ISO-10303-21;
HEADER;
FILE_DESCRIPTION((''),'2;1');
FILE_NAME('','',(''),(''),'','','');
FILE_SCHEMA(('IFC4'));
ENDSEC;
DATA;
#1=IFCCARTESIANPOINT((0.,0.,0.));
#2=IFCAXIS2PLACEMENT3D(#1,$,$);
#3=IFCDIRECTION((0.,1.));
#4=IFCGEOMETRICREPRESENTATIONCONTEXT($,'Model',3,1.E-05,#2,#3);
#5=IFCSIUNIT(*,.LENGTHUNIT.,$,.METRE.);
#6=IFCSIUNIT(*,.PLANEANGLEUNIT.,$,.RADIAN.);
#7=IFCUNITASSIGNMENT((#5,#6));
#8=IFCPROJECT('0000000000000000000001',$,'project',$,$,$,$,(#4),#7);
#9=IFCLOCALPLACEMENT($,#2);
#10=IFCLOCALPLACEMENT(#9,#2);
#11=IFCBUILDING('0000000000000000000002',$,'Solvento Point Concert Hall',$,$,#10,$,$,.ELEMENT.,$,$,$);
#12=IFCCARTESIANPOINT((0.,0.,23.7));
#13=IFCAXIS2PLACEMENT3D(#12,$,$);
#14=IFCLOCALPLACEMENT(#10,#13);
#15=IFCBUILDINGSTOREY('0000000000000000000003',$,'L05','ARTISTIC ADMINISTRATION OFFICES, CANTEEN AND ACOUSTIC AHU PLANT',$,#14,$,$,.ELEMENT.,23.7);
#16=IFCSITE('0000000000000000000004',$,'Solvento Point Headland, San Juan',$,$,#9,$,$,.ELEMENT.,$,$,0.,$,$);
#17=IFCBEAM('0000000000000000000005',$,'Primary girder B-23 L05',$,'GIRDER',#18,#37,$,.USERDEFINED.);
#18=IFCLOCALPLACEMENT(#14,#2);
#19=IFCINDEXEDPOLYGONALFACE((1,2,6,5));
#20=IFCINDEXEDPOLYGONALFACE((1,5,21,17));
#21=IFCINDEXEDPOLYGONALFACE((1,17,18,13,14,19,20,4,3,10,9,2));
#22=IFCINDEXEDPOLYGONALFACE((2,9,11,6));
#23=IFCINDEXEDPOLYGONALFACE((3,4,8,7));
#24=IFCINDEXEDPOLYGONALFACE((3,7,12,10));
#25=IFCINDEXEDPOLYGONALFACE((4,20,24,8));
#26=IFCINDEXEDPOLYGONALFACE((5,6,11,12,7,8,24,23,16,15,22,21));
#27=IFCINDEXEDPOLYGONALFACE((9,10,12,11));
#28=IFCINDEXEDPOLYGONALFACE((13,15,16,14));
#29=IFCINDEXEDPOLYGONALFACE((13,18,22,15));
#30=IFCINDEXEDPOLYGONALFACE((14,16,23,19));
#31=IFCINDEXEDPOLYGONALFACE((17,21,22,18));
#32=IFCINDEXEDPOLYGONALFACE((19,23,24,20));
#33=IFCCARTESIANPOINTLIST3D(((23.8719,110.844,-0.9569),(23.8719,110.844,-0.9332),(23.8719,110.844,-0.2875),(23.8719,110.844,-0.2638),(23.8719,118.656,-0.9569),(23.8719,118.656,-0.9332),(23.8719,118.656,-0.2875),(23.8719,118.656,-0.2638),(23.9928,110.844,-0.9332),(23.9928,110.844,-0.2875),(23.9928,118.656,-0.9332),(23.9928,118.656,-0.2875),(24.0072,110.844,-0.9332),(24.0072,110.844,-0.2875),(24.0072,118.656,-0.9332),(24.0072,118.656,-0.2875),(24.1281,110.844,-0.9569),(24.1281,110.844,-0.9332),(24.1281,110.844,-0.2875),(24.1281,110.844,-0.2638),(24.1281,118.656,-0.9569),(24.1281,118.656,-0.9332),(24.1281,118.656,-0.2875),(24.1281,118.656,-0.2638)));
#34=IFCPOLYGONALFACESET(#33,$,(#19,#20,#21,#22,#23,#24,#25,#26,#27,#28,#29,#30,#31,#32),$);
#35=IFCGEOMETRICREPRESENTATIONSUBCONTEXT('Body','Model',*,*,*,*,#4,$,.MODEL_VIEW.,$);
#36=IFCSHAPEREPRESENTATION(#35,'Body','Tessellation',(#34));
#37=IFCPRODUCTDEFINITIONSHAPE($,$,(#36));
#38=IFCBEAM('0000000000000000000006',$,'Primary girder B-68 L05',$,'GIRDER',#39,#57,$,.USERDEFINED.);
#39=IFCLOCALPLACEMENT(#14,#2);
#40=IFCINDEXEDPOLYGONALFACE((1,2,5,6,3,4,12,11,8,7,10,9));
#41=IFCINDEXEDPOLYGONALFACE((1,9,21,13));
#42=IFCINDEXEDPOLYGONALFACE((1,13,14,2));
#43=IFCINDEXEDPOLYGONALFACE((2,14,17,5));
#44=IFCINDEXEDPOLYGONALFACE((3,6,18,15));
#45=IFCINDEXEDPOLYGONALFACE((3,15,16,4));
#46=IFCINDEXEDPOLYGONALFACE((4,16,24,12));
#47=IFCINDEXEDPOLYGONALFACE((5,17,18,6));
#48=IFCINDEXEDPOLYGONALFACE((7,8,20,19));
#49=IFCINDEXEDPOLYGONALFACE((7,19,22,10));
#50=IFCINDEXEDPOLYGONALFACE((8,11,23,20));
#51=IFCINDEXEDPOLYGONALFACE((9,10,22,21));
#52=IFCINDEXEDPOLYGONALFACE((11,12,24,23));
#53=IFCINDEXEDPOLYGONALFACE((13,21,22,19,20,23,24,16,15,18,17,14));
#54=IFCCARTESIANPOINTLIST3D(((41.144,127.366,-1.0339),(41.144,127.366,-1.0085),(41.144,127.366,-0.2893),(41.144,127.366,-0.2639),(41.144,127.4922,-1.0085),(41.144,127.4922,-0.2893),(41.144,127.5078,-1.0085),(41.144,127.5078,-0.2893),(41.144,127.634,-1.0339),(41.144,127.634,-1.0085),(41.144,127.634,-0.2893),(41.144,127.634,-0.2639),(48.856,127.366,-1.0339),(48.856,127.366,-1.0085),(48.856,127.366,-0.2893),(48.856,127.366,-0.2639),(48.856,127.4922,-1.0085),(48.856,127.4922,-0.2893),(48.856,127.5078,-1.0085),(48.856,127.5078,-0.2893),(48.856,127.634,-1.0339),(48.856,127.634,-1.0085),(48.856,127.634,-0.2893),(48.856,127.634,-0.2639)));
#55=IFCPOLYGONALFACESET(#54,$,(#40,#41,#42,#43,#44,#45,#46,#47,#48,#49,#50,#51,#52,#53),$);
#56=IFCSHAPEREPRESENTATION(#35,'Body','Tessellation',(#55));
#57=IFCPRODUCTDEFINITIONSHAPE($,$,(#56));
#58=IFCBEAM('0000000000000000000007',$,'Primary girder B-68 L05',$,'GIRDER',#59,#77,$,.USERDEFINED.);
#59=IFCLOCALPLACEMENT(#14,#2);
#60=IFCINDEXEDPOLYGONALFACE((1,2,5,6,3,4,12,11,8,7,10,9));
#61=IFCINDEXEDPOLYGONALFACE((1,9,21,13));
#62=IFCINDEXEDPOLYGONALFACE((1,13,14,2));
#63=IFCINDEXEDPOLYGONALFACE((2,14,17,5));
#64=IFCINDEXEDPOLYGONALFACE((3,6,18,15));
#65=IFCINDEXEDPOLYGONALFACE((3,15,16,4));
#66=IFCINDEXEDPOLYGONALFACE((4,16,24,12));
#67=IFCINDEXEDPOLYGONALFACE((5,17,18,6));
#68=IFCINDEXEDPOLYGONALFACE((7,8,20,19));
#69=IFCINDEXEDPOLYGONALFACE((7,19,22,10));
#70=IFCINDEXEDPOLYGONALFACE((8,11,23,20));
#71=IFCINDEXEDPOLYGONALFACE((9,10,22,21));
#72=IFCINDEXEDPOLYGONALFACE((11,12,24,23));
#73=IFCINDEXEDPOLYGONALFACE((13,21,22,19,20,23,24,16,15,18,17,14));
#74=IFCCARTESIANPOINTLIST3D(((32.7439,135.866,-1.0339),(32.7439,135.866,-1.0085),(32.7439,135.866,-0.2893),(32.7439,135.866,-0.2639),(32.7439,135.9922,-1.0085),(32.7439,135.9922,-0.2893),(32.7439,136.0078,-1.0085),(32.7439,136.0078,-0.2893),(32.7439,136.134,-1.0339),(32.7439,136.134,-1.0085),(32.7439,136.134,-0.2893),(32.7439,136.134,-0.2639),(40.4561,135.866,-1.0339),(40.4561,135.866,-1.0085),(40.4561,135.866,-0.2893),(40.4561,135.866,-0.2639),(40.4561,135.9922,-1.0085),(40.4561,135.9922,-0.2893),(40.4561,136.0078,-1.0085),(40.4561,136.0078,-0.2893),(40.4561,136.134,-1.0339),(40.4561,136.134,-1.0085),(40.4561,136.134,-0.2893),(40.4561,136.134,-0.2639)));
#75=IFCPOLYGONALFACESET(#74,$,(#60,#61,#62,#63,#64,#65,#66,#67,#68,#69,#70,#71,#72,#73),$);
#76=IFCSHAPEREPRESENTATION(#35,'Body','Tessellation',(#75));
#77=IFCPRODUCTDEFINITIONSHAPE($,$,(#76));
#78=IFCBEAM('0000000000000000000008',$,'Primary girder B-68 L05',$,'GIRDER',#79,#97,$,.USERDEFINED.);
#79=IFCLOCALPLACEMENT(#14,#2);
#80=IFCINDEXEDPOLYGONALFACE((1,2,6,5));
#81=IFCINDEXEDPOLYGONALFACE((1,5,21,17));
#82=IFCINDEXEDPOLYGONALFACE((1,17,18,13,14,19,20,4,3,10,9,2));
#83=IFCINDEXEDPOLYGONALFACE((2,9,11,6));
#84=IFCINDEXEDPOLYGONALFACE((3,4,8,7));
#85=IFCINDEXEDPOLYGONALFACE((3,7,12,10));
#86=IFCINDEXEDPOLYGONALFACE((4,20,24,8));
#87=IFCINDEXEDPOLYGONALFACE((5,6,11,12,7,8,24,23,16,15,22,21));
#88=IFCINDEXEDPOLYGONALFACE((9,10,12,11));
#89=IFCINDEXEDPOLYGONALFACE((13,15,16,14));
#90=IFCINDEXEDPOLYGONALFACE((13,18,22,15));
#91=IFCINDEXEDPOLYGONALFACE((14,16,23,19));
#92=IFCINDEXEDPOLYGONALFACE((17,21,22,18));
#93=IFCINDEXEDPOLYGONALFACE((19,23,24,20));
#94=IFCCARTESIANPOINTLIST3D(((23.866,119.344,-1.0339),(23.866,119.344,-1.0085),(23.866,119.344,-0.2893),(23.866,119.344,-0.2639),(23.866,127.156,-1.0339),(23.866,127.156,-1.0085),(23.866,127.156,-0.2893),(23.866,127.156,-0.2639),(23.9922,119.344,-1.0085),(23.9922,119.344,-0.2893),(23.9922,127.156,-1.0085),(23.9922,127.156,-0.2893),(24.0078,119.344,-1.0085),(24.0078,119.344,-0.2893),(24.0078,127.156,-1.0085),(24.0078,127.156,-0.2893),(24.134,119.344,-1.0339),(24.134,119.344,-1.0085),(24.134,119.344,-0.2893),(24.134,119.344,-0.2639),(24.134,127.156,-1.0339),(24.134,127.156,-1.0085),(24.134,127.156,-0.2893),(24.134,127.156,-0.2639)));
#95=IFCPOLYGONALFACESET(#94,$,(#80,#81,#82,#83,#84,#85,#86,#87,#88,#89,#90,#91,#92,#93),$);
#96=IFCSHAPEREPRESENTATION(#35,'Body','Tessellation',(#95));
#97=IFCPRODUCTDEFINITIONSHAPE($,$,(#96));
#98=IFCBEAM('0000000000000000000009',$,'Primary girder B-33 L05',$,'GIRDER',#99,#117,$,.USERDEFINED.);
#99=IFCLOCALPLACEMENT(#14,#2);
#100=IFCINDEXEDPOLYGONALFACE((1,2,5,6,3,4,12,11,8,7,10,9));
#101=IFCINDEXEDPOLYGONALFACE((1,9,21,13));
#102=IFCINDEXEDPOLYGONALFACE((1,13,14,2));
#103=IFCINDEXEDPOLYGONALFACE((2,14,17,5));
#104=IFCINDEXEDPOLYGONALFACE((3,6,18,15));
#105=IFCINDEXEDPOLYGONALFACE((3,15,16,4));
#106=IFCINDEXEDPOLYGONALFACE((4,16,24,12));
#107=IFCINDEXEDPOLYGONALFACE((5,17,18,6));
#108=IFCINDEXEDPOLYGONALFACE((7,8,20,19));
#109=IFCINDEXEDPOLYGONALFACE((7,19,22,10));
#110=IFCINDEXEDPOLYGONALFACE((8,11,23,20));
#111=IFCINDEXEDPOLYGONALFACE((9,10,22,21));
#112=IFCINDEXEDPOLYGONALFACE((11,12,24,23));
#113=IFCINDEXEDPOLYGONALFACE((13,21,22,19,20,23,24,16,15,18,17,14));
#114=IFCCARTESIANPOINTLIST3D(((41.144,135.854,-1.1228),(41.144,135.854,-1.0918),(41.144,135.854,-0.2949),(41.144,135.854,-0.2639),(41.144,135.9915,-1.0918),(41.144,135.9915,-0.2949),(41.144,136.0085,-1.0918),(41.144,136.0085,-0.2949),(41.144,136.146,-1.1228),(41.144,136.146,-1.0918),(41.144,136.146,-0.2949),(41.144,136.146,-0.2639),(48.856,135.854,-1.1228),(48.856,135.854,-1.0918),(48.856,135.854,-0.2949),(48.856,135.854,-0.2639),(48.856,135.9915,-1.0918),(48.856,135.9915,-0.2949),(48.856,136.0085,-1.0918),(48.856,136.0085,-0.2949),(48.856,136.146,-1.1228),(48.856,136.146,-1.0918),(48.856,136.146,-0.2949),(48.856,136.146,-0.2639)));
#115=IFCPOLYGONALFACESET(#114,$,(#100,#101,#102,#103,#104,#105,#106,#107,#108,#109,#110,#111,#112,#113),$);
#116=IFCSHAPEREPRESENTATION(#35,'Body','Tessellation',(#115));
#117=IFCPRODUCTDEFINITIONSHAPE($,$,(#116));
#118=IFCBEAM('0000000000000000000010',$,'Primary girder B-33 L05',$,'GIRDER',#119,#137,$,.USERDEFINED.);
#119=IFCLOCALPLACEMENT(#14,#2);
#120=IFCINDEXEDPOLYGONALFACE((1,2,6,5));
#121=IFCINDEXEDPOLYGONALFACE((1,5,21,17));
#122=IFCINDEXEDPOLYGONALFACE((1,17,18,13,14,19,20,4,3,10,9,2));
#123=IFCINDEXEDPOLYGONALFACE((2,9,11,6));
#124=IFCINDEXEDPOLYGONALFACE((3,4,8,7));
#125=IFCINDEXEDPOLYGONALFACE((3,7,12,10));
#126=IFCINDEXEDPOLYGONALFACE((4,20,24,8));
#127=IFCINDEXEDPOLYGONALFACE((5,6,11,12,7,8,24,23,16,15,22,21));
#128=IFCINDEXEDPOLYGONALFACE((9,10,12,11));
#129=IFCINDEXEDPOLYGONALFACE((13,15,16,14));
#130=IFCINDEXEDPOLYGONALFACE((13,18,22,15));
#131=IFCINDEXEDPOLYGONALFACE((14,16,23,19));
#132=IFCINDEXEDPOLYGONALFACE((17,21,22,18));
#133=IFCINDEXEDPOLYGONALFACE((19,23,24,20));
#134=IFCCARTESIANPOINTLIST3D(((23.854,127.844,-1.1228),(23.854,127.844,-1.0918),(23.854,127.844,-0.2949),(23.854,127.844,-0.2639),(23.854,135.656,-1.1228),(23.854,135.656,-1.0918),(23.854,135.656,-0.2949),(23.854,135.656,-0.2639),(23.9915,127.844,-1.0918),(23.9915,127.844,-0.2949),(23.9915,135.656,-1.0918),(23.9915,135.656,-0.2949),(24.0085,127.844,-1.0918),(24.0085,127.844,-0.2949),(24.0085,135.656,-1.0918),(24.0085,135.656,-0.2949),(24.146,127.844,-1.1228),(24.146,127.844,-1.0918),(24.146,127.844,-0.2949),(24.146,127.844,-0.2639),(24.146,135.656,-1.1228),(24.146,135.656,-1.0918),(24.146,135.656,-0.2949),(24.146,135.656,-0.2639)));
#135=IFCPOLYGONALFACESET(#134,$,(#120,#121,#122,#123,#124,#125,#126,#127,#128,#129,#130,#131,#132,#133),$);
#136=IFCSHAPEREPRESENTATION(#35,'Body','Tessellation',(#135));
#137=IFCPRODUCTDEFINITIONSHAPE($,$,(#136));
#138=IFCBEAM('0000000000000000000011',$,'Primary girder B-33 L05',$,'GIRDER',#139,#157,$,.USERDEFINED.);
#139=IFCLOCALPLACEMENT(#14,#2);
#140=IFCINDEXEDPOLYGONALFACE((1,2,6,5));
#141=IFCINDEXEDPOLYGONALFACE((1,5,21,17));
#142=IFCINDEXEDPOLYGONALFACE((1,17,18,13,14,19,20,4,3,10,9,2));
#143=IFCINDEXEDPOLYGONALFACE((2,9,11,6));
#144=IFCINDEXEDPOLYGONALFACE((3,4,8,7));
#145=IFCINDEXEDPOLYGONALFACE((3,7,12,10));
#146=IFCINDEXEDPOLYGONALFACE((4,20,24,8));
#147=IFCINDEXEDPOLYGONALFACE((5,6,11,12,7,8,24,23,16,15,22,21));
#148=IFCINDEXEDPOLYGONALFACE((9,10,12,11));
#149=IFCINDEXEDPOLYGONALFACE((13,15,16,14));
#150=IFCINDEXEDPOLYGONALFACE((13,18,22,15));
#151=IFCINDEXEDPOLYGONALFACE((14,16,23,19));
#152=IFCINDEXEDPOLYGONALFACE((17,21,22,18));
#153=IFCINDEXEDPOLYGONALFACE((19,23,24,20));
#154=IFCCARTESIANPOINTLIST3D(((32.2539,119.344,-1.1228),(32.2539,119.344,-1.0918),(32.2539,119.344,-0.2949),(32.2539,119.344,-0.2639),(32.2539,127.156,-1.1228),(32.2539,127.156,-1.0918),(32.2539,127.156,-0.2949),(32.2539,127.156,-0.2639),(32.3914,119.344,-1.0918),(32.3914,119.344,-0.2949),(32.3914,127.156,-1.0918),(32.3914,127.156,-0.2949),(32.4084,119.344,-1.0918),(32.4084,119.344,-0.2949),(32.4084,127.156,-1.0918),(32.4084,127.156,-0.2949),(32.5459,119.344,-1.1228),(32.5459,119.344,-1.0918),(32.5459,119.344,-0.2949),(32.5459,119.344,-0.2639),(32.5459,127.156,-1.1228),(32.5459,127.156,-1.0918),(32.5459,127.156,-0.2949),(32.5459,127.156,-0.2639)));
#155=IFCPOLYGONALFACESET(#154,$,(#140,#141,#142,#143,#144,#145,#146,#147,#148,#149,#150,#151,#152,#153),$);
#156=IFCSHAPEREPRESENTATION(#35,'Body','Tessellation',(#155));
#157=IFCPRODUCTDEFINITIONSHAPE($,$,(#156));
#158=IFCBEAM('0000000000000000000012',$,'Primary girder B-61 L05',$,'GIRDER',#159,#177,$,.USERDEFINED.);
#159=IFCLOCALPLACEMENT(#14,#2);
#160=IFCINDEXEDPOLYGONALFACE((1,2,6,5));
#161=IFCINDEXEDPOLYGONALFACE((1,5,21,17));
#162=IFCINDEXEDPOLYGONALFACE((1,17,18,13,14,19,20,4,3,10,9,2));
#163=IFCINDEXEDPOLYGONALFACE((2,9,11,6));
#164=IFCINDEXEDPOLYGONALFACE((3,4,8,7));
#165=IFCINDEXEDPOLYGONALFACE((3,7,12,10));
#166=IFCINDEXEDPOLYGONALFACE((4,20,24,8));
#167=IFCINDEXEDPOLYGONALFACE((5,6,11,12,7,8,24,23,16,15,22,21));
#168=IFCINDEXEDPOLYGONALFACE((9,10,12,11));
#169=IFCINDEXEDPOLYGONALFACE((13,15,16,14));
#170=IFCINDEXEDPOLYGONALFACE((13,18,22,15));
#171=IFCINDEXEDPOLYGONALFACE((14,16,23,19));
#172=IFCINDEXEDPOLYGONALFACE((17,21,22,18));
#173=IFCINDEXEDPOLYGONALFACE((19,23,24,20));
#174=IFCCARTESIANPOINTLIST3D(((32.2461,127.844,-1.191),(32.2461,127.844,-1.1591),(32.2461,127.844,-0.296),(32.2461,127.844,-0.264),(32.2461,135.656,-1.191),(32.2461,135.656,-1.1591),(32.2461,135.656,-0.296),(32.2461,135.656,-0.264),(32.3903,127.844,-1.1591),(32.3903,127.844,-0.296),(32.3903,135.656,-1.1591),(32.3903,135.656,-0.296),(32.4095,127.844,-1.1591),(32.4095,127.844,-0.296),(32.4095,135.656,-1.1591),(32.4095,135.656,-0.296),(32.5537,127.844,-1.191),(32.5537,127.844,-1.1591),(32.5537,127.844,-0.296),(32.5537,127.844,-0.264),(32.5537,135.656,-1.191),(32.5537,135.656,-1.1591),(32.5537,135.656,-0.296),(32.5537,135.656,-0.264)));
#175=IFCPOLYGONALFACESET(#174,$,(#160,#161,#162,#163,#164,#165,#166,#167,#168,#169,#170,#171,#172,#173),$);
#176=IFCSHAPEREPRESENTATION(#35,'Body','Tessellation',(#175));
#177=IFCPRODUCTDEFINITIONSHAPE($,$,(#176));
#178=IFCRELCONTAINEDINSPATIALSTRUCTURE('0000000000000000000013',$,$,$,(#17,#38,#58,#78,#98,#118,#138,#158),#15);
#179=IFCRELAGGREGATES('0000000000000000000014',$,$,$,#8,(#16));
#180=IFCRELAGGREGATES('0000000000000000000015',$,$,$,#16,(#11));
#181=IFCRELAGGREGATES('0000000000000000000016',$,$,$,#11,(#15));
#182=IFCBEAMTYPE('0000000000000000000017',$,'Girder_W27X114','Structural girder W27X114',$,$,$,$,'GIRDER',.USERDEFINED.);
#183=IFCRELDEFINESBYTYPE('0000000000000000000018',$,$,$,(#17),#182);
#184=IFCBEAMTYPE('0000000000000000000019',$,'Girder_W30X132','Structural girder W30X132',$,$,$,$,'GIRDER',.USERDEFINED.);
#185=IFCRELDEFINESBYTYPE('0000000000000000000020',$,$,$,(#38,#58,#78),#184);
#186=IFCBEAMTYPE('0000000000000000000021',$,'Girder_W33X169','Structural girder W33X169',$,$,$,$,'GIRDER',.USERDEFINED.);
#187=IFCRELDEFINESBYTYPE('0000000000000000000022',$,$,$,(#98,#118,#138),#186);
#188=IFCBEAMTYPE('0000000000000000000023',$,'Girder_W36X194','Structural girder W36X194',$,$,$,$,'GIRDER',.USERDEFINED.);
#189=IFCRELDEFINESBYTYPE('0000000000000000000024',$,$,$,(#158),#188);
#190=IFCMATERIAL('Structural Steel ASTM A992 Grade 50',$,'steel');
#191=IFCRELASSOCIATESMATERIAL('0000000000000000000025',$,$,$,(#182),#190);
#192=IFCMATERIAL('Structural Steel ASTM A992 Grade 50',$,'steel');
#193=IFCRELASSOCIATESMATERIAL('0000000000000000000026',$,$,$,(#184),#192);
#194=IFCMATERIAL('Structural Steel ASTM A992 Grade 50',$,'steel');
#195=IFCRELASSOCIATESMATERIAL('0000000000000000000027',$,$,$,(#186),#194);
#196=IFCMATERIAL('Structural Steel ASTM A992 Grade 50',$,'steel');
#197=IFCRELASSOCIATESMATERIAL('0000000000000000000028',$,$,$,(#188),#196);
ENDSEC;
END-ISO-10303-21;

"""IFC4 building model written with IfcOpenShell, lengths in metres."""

from ifc_helpers import new_model, si_unit, direction, frame, origin, origin_2d, place, context, subcontext, project, spatial, i_section, extrude, material, material_profile, profile_set, type_object, element, save


model = new_model("IFC4")

# Units and contexts
model_context = context("Model", 3, precision=1e-05, world=origin(), true_north=direction((0.0, 1.0)))
body_context = subcontext(model_context, "Body", "Model", "MODEL_VIEW")
ifc_project = project(units=[si_unit("LENGTHUNIT", "METRE"), si_unit("PLANEANGLEUNIT", "RADIAN")], contexts=[model_context])

# Site, building, storey
site_placement = place(None, origin())
site = spatial("IfcSite", under=ifc_project, at=site_placement, Name="Solvento Point Headland, San Juan", CompositionType="ELEMENT", RefElevation=0.0)
building_placement = place(site_placement, origin())
building = spatial("IfcBuilding", under=site, at=building_placement, Name="Solvento Point Concert Hall", CompositionType="ELEMENT")
storey_placement = place(building_placement, frame((0.0, 0.0, 23.7)))
storey = spatial("IfcBuildingStorey", under=building, at=storey_placement, Name="L05", Description="ARTISTIC ADMINISTRATION OFFICES, CANTEEN AND ACOUSTIC AHU PLANT", CompositionType="ELEMENT", Elevation=23.7)

# Beams
ifc_material_1 = material(Name="Structural Steel ASTM A992 Grade 50", Category="steel")
ifc_material_profile_1 = material_profile(ifc_material_1, i_section(OverallWidth=0.2561, OverallDepth=0.6931, WebThickness=0.0144, FlangeThickness=0.0237, at=origin_2d()), Name="W27X114")
ifc_profile_set_1 = profile_set([ifc_material_profile_1], Name="Structural Steel ASTM A992 Grade 50")
beam_type_1 = type_object("IfcBeamType", Name="Girder_W27X114", Description="Structural girder W27X114", ElementType="GIRDER", PredefinedType="USERDEFINED", material=ifc_profile_set_1)
beam_1_placement = place(storey_placement, frame((24.0, 110.844, -0.6104), z_axis=(0.0, 1.0, 0.0), x_axis=(-1.0, 0.0, 0.0)))
element("IfcBeam", 1, at=beam_1_placement, inside=storey, type_object=beam_type_1, Name="Primary girder B-23 L05", ObjectType="GIRDER", PredefinedType="USERDEFINED", context=body_context, shape_type="SweptSolid", body=[
    extrude(i_section(OverallWidth=0.2561, OverallDepth=0.6931, WebThickness=0.0144, FlangeThickness=0.0237, at=origin_2d()), origin(), (0.0, 0.0, 1.0), 7.812),
])
ifc_material_2 = material(Name="Structural Steel ASTM A992 Grade 50", Category="steel")
ifc_material_profile_2 = material_profile(ifc_material_2, i_section(OverallWidth=0.2681, OverallDepth=0.77, WebThickness=0.0156, FlangeThickness=0.0254, at=origin_2d()), Name="W30X132")
ifc_profile_set_2 = profile_set([ifc_material_profile_2], Name="Structural Steel ASTM A992 Grade 50")
beam_type_2 = type_object("IfcBeamType", Name="Girder_W30X132", Description="Structural girder W30X132", ElementType="GIRDER", PredefinedType="USERDEFINED", material=ifc_profile_set_2)
beam_2_placement = place(storey_placement, frame((41.144, 127.5, -0.6489), z_axis=(1.0, 0.0, 0.0), x_axis=(0.0, 1.0, 0.0)))
element("IfcBeam", 2, at=beam_2_placement, inside=storey, type_object=beam_type_2, Name="Primary girder B-68 L05", ObjectType="GIRDER", PredefinedType="USERDEFINED", context=body_context, shape_type="SweptSolid", body=[
    extrude(i_section(OverallWidth=0.2681, OverallDepth=0.77, WebThickness=0.0156, FlangeThickness=0.0254, at=origin_2d()), origin(), (0.0, 0.0, 1.0), 7.7119),
])
beam_3_placement = place(storey_placement, frame((32.7439, 136.0, -0.6489), z_axis=(1.0, 0.0, 0.0), x_axis=(0.0, 1.0, 0.0)))
element("IfcBeam", 3, at=beam_3_placement, inside=storey, type_object=beam_type_2, Name="Primary girder B-68 L05", ObjectType="GIRDER", PredefinedType="USERDEFINED", context=body_context, shape_type="SweptSolid", body=[
    extrude(i_section(OverallWidth=0.2681, OverallDepth=0.77, WebThickness=0.0156, FlangeThickness=0.0254, at=origin_2d()), origin(), (0.0, 0.0, 1.0), 7.7122),
])
beam_4_placement = place(storey_placement, frame((24.0, 119.344, -0.6489), z_axis=(0.0, 1.0, 0.0), x_axis=(-1.0, 0.0, 0.0)))
element("IfcBeam", 4, at=beam_4_placement, inside=storey, type_object=beam_type_2, Name="Primary girder B-68 L05", ObjectType="GIRDER", PredefinedType="USERDEFINED", context=body_context, shape_type="SweptSolid", body=[
    extrude(i_section(OverallWidth=0.2681, OverallDepth=0.77, WebThickness=0.0156, FlangeThickness=0.0254, at=origin_2d()), origin(), (0.0, 0.0, 1.0), 7.812),
])
ifc_material_3 = material(Name="Structural Steel ASTM A992 Grade 50", Category="steel")
ifc_material_profile_3 = material_profile(ifc_material_3, i_section(OverallWidth=0.292, OverallDepth=0.8589, WebThickness=0.0171, FlangeThickness=0.031, at=origin_2d()), Name="W33X169")
ifc_profile_set_3 = profile_set([ifc_material_profile_3], Name="Structural Steel ASTM A992 Grade 50")
beam_type_3 = type_object("IfcBeamType", Name="Girder_W33X169", Description="Structural girder W33X169", ElementType="GIRDER", PredefinedType="USERDEFINED", material=ifc_profile_set_3)
beam_5_placement = place(storey_placement, frame((41.144, 136.0, -0.6934), z_axis=(1.0, 0.0, 0.0), x_axis=(0.0, 1.0, 0.0)))
element("IfcBeam", 5, at=beam_5_placement, inside=storey, type_object=beam_type_3, Name="Primary girder B-33 L05", ObjectType="GIRDER", PredefinedType="USERDEFINED", context=body_context, shape_type="SweptSolid", body=[
    extrude(i_section(OverallWidth=0.292, OverallDepth=0.8589, WebThickness=0.0171, FlangeThickness=0.031, at=origin_2d()), origin(), (0.0, 0.0, 1.0), 7.7119),
])
for number, where, z_axis, x_axis, name in (
    (6, (24.0, 127.844, -0.6934), (0.0, 1.0, 0.0), (-1.0, 0.0, 0.0), "Primary girder B-33 L05"),
    (7, (32.3999, 119.344, -0.6934), (0.0, 1.0, 0.0), (-1.0, 0.0, 0.0), "Primary girder B-33 L05"),
):
    element("IfcBeam", number, at=place(storey_placement, frame(where, z_axis=z_axis, x_axis=x_axis)), inside=storey, type_object=beam_type_3, Name=name, ObjectType="GIRDER", PredefinedType="USERDEFINED", context=body_context, shape_type="SweptSolid", body=[
        extrude(i_section(OverallWidth=0.292, OverallDepth=0.8589, WebThickness=0.0171, FlangeThickness=0.031, at=origin_2d()), origin(), (0.0, 0.0, 1.0), 7.812),
    ])
ifc_material_4 = material(Name="Structural Steel ASTM A992 Grade 50", Category="steel")
ifc_material_profile_4 = material_profile(ifc_material_4, i_section(OverallWidth=0.3076, OverallDepth=0.927, WebThickness=0.0193, FlangeThickness=0.032, at=origin_2d()), Name="W36X194")
ifc_profile_set_4 = profile_set([ifc_material_profile_4], Name="Structural Steel ASTM A992 Grade 50")
beam_type_4 = type_object("IfcBeamType", Name="Girder_W36X194", Description="Structural girder W36X194", ElementType="GIRDER", PredefinedType="USERDEFINED", material=ifc_profile_set_4)
for number, where, z_axis, x_axis, name in (
    (8, (32.3999, 127.844, -0.7275), (0.0, 1.0, 0.0), (-1.0, 0.0, 0.0), "Primary girder B-61 L05"),
):
    element("IfcBeam", number, at=place(storey_placement, frame(where, z_axis=z_axis, x_axis=x_axis)), inside=storey, type_object=beam_type_4, Name=name, ObjectType="GIRDER", PredefinedType="USERDEFINED", context=body_context, shape_type="SweptSolid", body=[
        extrude(i_section(OverallWidth=0.3076, OverallDepth=0.927, WebThickness=0.0193, FlangeThickness=0.032, at=origin_2d()), origin(), (0.0, 0.0, 1.0), 7.812),
    ])

save(model, "model.ifc")
